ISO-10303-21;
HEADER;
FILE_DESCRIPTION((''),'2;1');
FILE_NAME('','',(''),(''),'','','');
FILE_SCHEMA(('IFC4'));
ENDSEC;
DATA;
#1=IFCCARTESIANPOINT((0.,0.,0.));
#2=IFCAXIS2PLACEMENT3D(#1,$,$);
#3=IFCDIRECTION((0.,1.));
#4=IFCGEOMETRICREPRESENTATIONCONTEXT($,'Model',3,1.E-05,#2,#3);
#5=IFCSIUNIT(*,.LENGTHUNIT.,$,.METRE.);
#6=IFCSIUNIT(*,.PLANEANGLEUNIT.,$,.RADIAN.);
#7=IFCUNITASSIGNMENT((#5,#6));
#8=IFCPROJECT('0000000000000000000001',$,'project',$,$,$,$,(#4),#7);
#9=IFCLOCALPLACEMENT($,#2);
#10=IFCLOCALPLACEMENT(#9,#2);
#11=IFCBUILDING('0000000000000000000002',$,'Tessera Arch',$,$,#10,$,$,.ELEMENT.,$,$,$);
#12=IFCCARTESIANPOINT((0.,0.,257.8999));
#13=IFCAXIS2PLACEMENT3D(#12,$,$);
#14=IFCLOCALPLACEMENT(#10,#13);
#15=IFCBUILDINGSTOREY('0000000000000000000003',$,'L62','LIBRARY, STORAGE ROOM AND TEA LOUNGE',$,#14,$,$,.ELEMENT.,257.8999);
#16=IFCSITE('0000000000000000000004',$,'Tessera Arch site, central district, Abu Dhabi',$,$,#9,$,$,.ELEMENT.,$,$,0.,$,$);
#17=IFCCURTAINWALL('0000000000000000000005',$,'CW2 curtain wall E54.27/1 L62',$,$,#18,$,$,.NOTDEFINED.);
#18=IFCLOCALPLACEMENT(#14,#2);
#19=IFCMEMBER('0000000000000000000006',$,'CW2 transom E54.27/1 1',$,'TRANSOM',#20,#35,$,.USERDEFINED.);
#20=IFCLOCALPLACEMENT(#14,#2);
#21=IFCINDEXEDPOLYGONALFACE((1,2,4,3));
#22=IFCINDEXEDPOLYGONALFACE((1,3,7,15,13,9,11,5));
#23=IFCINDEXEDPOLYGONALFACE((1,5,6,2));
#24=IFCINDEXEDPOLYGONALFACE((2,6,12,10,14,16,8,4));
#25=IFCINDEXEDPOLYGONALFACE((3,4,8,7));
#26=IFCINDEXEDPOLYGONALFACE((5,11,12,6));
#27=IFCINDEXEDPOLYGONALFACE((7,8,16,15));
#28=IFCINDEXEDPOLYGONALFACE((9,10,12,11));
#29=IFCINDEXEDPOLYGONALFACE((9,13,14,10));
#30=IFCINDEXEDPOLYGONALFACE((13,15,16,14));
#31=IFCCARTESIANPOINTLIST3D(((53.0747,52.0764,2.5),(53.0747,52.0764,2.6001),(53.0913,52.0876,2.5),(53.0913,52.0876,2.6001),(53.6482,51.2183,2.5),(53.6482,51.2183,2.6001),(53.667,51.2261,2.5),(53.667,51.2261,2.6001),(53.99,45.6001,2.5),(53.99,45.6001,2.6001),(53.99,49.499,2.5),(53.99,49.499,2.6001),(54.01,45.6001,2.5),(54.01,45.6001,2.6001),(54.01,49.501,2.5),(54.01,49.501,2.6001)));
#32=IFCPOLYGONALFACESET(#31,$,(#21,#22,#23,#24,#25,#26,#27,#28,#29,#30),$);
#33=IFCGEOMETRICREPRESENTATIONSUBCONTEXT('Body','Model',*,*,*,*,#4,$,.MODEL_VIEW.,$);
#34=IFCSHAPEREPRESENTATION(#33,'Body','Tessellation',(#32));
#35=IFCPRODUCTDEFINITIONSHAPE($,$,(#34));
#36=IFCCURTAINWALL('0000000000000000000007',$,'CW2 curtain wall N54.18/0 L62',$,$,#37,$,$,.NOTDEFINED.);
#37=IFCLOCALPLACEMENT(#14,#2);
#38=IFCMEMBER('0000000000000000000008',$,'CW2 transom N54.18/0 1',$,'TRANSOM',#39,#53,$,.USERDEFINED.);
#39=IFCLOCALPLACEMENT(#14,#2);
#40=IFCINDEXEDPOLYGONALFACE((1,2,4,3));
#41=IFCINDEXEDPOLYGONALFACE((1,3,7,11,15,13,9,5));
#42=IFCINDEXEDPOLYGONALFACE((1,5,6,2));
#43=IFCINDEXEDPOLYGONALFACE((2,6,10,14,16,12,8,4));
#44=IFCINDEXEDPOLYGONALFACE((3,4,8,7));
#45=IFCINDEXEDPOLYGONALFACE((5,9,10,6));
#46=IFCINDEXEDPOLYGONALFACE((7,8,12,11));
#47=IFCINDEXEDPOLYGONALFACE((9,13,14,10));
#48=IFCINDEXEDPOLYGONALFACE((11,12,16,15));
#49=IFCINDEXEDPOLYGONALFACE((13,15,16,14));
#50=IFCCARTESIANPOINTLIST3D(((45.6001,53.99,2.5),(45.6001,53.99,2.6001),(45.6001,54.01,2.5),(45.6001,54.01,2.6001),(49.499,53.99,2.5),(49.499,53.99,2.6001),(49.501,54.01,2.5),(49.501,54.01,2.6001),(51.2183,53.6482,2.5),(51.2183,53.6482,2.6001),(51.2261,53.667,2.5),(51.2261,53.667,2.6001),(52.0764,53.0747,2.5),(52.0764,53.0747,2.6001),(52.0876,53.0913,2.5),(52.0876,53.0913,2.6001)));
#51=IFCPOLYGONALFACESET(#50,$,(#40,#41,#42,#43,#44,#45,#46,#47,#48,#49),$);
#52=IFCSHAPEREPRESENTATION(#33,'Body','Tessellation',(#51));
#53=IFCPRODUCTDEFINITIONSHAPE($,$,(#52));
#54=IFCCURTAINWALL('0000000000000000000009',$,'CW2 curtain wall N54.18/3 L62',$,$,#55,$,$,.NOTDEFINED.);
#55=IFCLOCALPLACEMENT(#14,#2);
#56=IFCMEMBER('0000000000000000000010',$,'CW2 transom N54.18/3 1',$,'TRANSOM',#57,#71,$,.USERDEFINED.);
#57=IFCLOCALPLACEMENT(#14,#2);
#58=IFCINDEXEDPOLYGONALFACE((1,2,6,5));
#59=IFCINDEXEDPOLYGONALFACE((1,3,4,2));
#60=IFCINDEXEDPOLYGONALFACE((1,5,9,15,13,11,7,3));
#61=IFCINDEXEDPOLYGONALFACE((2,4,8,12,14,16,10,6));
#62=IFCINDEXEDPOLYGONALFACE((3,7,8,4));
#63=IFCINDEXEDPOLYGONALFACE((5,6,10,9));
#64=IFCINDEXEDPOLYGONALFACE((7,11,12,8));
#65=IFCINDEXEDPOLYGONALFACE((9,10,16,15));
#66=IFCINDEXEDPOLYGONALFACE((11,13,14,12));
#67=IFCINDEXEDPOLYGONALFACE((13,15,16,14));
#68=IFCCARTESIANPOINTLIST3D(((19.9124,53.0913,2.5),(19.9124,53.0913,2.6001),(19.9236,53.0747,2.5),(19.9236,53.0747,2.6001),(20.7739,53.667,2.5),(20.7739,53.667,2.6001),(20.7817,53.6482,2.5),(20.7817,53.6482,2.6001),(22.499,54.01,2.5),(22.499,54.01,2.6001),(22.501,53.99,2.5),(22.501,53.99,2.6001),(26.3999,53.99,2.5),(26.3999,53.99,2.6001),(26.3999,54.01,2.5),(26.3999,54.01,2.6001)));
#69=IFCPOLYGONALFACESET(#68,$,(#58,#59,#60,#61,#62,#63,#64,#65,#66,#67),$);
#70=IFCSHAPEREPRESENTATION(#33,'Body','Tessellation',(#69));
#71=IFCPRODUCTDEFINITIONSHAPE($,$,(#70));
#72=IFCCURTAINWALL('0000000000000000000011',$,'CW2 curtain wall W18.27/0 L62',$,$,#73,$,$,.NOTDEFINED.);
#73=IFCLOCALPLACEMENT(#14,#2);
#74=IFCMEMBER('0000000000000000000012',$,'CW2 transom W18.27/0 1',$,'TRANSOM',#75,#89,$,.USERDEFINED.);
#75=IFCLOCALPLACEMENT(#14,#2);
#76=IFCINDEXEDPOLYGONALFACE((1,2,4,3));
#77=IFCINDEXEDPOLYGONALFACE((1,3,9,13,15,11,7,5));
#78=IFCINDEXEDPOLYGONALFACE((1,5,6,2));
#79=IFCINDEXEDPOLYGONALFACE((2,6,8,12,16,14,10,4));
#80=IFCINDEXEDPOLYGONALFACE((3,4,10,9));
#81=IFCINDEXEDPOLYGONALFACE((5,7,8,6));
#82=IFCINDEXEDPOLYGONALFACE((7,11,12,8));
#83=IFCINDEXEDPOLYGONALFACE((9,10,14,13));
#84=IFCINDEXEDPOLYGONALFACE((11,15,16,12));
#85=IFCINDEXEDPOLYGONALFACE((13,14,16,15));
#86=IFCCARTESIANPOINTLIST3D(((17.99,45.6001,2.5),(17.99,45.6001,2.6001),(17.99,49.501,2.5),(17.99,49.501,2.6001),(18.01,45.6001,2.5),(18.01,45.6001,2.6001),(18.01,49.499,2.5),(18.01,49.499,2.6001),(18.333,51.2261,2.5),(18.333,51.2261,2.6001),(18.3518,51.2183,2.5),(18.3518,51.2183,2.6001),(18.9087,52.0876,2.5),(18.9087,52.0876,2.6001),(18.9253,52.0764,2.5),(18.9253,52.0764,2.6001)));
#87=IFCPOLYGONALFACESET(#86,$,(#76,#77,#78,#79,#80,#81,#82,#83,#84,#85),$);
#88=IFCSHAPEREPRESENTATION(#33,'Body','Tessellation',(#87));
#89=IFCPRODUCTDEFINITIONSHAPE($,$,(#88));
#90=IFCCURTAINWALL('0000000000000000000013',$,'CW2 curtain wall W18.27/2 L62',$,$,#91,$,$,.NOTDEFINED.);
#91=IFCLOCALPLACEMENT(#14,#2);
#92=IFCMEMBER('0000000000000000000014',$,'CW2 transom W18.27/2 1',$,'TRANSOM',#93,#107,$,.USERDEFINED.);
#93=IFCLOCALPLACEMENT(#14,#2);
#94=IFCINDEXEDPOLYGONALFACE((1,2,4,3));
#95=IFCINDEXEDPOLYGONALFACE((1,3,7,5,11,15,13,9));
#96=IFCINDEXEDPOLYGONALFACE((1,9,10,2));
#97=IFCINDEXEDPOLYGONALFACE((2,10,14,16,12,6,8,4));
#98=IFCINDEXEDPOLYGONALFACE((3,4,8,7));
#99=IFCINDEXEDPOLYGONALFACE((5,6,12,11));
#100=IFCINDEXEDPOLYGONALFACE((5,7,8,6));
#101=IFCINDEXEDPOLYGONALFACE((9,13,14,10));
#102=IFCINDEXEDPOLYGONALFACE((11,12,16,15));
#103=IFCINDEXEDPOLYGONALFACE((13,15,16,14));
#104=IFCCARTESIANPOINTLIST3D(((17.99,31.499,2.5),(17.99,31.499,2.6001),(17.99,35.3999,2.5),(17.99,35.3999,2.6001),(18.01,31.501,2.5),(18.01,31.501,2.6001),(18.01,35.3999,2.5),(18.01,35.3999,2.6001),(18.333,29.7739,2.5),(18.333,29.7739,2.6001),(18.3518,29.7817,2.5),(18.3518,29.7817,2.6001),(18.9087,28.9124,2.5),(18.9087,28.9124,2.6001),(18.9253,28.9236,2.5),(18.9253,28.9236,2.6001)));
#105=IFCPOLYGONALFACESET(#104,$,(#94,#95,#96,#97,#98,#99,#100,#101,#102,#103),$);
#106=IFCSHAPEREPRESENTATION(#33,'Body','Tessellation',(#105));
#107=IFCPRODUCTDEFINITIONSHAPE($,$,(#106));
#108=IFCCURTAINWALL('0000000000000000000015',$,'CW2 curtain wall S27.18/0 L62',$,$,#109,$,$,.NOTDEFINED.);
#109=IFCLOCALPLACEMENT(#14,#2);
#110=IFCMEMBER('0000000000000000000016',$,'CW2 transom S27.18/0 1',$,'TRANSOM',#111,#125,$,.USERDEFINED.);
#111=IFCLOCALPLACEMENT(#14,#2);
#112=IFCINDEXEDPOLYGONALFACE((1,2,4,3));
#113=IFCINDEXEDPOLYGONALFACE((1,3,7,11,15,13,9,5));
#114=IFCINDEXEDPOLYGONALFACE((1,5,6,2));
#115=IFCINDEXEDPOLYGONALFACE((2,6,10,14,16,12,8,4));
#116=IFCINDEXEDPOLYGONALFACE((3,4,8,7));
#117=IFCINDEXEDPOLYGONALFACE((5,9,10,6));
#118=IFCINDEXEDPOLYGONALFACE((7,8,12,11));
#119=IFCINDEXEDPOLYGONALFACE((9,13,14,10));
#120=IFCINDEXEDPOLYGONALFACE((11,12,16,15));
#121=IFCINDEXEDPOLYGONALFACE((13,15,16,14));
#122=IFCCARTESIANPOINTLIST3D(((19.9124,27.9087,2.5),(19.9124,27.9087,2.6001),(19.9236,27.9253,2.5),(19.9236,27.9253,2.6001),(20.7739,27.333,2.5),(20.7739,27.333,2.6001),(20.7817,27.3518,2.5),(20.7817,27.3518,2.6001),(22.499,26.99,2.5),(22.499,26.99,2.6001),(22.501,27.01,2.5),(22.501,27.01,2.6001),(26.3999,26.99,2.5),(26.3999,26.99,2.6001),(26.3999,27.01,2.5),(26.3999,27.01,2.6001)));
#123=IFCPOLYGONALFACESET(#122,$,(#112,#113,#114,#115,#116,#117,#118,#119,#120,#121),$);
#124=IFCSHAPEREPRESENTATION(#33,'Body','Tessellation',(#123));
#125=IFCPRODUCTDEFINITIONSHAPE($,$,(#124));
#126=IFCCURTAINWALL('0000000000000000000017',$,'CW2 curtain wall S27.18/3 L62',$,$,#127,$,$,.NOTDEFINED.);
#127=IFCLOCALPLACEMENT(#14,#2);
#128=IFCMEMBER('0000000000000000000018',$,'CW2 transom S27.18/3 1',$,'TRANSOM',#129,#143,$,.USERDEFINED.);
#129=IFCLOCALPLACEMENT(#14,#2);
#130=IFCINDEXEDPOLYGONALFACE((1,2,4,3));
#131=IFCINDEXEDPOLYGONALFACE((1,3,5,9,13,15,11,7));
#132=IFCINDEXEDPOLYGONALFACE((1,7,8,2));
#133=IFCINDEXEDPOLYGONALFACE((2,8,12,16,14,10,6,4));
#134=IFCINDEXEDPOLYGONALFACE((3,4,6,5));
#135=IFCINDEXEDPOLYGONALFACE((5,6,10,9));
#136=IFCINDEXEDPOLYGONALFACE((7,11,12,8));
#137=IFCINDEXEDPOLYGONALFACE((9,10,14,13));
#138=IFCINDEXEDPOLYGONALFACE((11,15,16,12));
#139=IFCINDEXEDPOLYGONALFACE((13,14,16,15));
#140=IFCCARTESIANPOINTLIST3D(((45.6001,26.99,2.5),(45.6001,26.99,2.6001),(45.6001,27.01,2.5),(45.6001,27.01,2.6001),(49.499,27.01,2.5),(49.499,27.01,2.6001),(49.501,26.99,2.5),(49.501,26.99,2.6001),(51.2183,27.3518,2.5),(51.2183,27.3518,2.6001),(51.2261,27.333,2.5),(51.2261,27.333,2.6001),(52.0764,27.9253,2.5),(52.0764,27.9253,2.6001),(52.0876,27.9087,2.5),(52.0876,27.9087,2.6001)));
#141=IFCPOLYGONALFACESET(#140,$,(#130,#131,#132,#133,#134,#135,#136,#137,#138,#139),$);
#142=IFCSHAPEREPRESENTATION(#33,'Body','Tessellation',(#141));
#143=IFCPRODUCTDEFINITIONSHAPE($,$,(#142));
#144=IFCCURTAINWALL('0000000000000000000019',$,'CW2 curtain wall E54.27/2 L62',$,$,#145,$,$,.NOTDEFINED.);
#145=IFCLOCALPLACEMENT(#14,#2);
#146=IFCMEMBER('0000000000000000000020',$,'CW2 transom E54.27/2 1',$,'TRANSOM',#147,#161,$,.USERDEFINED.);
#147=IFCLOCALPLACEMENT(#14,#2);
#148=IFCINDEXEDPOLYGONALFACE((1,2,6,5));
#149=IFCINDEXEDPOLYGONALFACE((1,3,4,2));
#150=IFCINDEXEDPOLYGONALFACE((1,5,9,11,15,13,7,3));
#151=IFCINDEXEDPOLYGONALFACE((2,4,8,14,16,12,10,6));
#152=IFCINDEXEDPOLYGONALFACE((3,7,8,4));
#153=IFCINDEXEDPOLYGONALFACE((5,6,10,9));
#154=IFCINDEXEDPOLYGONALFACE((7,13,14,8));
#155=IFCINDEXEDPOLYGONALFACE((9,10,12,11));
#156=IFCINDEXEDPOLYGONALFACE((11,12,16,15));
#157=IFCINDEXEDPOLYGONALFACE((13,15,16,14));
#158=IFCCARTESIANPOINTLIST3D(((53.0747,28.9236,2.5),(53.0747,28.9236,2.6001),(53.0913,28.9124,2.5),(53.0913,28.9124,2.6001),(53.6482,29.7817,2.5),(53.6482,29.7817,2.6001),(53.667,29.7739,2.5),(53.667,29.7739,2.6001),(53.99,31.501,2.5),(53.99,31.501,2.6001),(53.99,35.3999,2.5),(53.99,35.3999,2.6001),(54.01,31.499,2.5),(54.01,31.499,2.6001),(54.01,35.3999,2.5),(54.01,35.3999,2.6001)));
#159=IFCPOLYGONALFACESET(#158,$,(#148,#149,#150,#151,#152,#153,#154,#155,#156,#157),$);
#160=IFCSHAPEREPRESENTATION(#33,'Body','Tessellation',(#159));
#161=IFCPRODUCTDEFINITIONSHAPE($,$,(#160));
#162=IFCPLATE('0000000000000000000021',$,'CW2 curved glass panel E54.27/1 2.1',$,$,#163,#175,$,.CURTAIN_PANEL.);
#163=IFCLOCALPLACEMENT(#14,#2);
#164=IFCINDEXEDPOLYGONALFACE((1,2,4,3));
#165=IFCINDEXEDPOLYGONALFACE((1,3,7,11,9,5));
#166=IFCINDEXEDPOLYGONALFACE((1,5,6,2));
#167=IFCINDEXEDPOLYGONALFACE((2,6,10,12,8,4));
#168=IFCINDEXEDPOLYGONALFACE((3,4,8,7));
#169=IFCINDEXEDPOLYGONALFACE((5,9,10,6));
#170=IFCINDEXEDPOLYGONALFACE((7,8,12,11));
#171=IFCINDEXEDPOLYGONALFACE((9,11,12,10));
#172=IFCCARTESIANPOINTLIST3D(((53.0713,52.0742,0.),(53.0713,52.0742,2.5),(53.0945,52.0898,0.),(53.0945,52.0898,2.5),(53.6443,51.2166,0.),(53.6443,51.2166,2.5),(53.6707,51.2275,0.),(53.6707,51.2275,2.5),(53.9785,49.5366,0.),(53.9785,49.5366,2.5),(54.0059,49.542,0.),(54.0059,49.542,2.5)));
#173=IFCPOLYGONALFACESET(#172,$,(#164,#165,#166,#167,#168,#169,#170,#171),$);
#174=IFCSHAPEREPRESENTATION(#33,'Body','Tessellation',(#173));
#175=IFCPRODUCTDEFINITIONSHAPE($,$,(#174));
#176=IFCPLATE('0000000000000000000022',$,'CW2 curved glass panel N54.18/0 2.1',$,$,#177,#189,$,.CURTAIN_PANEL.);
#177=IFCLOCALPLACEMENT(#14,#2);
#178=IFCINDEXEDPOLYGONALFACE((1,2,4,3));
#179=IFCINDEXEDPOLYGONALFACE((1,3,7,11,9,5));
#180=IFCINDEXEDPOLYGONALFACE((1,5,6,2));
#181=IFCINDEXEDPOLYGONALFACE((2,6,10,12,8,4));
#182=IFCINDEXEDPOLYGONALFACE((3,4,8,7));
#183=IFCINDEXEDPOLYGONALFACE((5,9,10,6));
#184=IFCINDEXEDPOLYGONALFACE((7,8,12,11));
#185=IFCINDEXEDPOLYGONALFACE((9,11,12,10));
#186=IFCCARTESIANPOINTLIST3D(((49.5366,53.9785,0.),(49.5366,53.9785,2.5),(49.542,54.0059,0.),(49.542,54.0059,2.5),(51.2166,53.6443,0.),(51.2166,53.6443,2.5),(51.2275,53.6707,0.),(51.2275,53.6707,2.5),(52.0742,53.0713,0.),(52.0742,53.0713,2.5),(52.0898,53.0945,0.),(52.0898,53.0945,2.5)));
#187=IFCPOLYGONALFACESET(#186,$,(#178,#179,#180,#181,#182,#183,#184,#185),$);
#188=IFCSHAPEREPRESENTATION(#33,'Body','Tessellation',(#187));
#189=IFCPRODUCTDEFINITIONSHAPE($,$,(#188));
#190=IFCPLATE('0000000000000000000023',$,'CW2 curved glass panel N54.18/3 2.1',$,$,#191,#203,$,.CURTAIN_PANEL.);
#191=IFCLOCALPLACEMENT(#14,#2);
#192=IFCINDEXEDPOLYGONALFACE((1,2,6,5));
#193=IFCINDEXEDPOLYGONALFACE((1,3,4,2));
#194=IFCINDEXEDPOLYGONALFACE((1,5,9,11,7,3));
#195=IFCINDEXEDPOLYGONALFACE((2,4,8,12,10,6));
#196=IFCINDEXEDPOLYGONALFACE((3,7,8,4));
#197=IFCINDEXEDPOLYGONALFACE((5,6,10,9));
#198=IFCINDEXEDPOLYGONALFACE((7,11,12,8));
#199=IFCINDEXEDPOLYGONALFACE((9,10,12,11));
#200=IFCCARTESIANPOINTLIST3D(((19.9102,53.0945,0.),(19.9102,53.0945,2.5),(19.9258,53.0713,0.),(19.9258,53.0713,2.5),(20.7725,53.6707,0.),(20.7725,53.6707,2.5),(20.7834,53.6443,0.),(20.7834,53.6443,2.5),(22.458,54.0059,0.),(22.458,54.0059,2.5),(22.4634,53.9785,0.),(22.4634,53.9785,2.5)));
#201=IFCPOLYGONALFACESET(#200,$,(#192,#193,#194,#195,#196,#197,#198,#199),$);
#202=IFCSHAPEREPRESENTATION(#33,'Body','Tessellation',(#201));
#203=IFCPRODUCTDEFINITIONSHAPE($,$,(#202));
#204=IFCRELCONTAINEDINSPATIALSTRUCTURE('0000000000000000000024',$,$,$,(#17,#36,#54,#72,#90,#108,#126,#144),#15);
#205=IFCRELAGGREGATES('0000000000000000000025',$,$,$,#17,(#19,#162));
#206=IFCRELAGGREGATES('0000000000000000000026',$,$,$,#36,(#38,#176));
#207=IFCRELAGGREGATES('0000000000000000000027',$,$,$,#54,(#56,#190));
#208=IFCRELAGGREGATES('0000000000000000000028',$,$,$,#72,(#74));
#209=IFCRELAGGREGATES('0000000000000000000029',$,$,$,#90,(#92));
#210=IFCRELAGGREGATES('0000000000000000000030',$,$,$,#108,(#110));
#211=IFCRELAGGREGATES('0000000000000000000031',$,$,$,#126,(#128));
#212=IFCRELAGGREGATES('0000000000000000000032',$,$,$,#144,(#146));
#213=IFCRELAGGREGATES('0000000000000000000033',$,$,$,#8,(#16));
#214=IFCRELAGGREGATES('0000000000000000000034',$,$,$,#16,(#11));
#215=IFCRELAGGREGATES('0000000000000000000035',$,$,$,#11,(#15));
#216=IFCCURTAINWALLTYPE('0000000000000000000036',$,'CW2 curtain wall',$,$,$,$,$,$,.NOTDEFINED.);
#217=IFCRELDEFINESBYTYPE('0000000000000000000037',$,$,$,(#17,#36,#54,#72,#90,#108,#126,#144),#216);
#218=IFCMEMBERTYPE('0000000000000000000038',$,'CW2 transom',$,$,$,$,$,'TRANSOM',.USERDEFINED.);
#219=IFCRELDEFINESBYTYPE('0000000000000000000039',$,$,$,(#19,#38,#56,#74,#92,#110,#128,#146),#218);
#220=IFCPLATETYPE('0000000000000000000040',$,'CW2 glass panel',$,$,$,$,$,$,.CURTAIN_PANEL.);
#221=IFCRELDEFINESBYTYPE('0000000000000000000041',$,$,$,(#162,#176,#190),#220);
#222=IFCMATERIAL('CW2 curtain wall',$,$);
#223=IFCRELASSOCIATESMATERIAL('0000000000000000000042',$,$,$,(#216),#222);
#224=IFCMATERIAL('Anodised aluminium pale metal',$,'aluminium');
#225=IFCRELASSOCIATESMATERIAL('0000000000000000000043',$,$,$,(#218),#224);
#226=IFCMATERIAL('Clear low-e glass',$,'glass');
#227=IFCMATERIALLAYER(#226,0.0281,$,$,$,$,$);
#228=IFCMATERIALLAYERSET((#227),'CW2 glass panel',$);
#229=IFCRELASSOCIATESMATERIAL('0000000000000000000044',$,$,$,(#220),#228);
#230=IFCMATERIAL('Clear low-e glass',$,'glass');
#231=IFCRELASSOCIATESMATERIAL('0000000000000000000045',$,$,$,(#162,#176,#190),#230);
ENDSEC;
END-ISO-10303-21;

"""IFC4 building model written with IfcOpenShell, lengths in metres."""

from ifc_helpers import new_model, si_unit, direction, frame, origin, origin_2d, place, context, subcontext, project, spatial, polyline, rectangle, outline, extrude, material, layer, layer_set, material_profile, profile_set, type_object, element, aggregate, save


model = new_model("IFC4")

# Units and contexts
model_context = context("Model", 3, precision=1e-05, world=origin(), true_north=direction((0.0, 1.0)))
body_context = subcontext(model_context, "Body", "Model", "MODEL_VIEW")
ifc_project = project(units=[si_unit("LENGTHUNIT", "METRE"), si_unit("PLANEANGLEUNIT", "RADIAN")], contexts=[model_context])

# Site, building, storey
site_placement = place(None, origin())
site = spatial("IfcSite", under=ifc_project, at=site_placement, Name="Tessera Arch site, central district, Abu Dhabi", CompositionType="ELEMENT", RefElevation=0.0)
building_placement = place(site_placement, origin())
building = spatial("IfcBuilding", under=site, at=building_placement, Name="Tessera Arch", CompositionType="ELEMENT")
storey_placement = place(building_placement, frame((0.0, 0.0, 257.8999)))
storey = spatial("IfcBuildingStorey", under=building, at=storey_placement, Name="L62", Description="LIBRARY, STORAGE ROOM AND TEA LOUNGE", CompositionType="ELEMENT", Elevation=257.8999)

# Curtain walls, members
ifc_material_1 = material(Name="CW2 curtain wall")
curtain_wall_type = type_object("IfcCurtainWallType", Name="CW2 curtain wall", PredefinedType="NOTDEFINED", material=ifc_material_1)
curtain_wall_1_placement = place(storey_placement, origin())
curtain_wall_1 = element("IfcCurtainWall", 1, at=curtain_wall_1_placement, inside=storey, type_object=curtain_wall_type, Name="CW2 curtain wall E54.27/1 L62", PredefinedType="NOTDEFINED")
ifc_material_2 = material(Name="Anodised aluminium pale metal", Category="aluminium")
ifc_material_profile = material_profile(ifc_material_2, rectangle(XDim=0.2, YDim=0.1001, at=origin_2d()), Name="AL 200x100")
ifc_profile_set = profile_set([ifc_material_profile], Name="Anodised aluminium pale metal")
member_type = type_object("IfcMemberType", Name="CW2 transom", ElementType="TRANSOM", PredefinedType="USERDEFINED", material=ifc_profile_set)
member_1_placement = place(storey_placement, frame((0.0, 0.0, 2.5)))
member_1 = element("IfcMember", 2, at=member_1_placement, type_object=member_type, Name="CW2 transom E54.27/1 1", ObjectType="TRANSOM", PredefinedType="USERDEFINED", context=body_context, shape_type="SweptSolid", body=[
    extrude(outline(polyline([(53.99, 49.499), (53.99, 45.6001), (54.01, 45.6001), (54.01, 49.501), (53.667, 51.2261), (53.0913, 52.0876), (53.0747, 52.0764), (53.6482, 51.2183), (53.99, 49.499)])), origin(), (0.0, 0.0, 1.0), 0.1001),
])
curtain_wall_2_placement = place(storey_placement, origin())
curtain_wall_2 = element("IfcCurtainWall", 3, at=curtain_wall_2_placement, inside=storey, type_object=curtain_wall_type, Name="CW2 curtain wall N54.18/0 L62", PredefinedType="NOTDEFINED")
member_2_placement = place(storey_placement, frame((0.0, 0.0, 2.5)))
member_2 = element("IfcMember", 4, at=member_2_placement, type_object=member_type, Name="CW2 transom N54.18/0 1", ObjectType="TRANSOM", PredefinedType="USERDEFINED", context=body_context, shape_type="SweptSolid", body=[
    extrude(outline(polyline([(51.2183, 53.6482), (52.0764, 53.0747), (52.0876, 53.0913), (51.2261, 53.667), (49.501, 54.01), (45.6001, 54.01), (45.6001, 53.99), (49.499, 53.99), (51.2183, 53.6482)])), origin(), (0.0, 0.0, 1.0), 0.1001),
])
curtain_wall_3_placement = place(storey_placement, origin())
curtain_wall_3 = element("IfcCurtainWall", 5, at=curtain_wall_3_placement, inside=storey, type_object=curtain_wall_type, Name="CW2 curtain wall N54.18/3 L62", PredefinedType="NOTDEFINED")
member_3_placement = place(storey_placement, frame((0.0, 0.0, 2.5)))
member_3 = element("IfcMember", 6, at=member_3_placement, type_object=member_type, Name="CW2 transom N54.18/3 1", ObjectType="TRANSOM", PredefinedType="USERDEFINED", context=body_context, shape_type="SweptSolid", body=[
    extrude(outline(polyline([(22.501, 53.99), (26.3999, 53.99), (26.3999, 54.01), (22.499, 54.01), (20.7739, 53.667), (19.9124, 53.0913), (19.9236, 53.0747), (20.7817, 53.6482), (22.501, 53.99)])), origin(), (0.0, 0.0, 1.0), 0.1001),
])
curtain_wall_4_placement = place(storey_placement, origin())
curtain_wall_4 = element("IfcCurtainWall", 7, at=curtain_wall_4_placement, inside=storey, type_object=curtain_wall_type, Name="CW2 curtain wall W18.27/0 L62", PredefinedType="NOTDEFINED")
member_4_placement = place(storey_placement, frame((0.0, 0.0, 2.5)))
member_4 = element("IfcMember", 8, at=member_4_placement, type_object=member_type, Name="CW2 transom W18.27/0 1", ObjectType="TRANSOM", PredefinedType="USERDEFINED", context=body_context, shape_type="SweptSolid", body=[
    extrude(outline(polyline([(18.3518, 51.2183), (18.9253, 52.0764), (18.9087, 52.0876), (18.333, 51.2261), (17.99, 49.501), (17.99, 45.6001), (18.01, 45.6001), (18.01, 49.499), (18.3518, 51.2183)])), origin(), (0.0, 0.0, 1.0), 0.1001),
])
curtain_wall_5_placement = place(storey_placement, origin())
curtain_wall_5 = element("IfcCurtainWall", 9, at=curtain_wall_5_placement, inside=storey, type_object=curtain_wall_type, Name="CW2 curtain wall W18.27/2 L62", PredefinedType="NOTDEFINED")
member_5_placement = place(storey_placement, frame((0.0, 0.0, 2.5)))
member_5 = element("IfcMember", 10, at=member_5_placement, type_object=member_type, Name="CW2 transom W18.27/2 1", ObjectType="TRANSOM", PredefinedType="USERDEFINED", context=body_context, shape_type="SweptSolid", body=[
    extrude(outline(polyline([(18.01, 31.501), (18.01, 35.3999), (17.99, 35.3999), (17.99, 31.499), (18.333, 29.7739), (18.9087, 28.9124), (18.9253, 28.9236), (18.3518, 29.7817), (18.01, 31.501)])), origin(), (0.0, 0.0, 1.0), 0.1001),
])
curtain_wall_6_placement = place(storey_placement, origin())
curtain_wall_6 = element("IfcCurtainWall", 11, at=curtain_wall_6_placement, inside=storey, type_object=curtain_wall_type, Name="CW2 curtain wall S27.18/0 L62", PredefinedType="NOTDEFINED")
member_6_placement = place(storey_placement, frame((0.0, 0.0, 2.5)))
member_6 = element("IfcMember", 12, at=member_6_placement, type_object=member_type, Name="CW2 transom S27.18/0 1", ObjectType="TRANSOM", PredefinedType="USERDEFINED", context=body_context, shape_type="SweptSolid", body=[
    extrude(outline(polyline([(20.7817, 27.3518), (19.9236, 27.9253), (19.9124, 27.9087), (20.7739, 27.333), (22.499, 26.99), (26.3999, 26.99), (26.3999, 27.01), (22.501, 27.01), (20.7817, 27.3518)])), origin(), (0.0, 0.0, 1.0), 0.1001),
])
curtain_wall_7_placement = place(storey_placement, origin())
curtain_wall_7 = element("IfcCurtainWall", 13, at=curtain_wall_7_placement, inside=storey, type_object=curtain_wall_type, Name="CW2 curtain wall S27.18/3 L62", PredefinedType="NOTDEFINED")
member_7_placement = place(storey_placement, frame((0.0, 0.0, 2.5)))
member_7 = element("IfcMember", 14, at=member_7_placement, type_object=member_type, Name="CW2 transom S27.18/3 1", ObjectType="TRANSOM", PredefinedType="USERDEFINED", context=body_context, shape_type="SweptSolid", body=[
    extrude(outline(polyline([(49.499, 27.01), (45.6001, 27.01), (45.6001, 26.99), (49.501, 26.99), (51.2261, 27.333), (52.0876, 27.9087), (52.0764, 27.9253), (51.2183, 27.3518), (49.499, 27.01)])), origin(), (0.0, 0.0, 1.0), 0.1001),
])
curtain_wall_8_placement = place(storey_placement, origin())
curtain_wall_8 = element("IfcCurtainWall", 15, at=curtain_wall_8_placement, inside=storey, type_object=curtain_wall_type, Name="CW2 curtain wall E54.27/2 L62", PredefinedType="NOTDEFINED")
member_8_placement = place(storey_placement, frame((0.0, 0.0, 2.5)))
member_8 = element("IfcMember", 16, at=member_8_placement, type_object=member_type, Name="CW2 transom E54.27/2 1", ObjectType="TRANSOM", PredefinedType="USERDEFINED", context=body_context, shape_type="SweptSolid", body=[
    extrude(outline(polyline([(53.6482, 29.7817), (53.0747, 28.9236), (53.0913, 28.9124), (53.667, 29.7739), (54.01, 31.499), (54.01, 35.3999), (53.99, 35.3999), (53.99, 31.501), (53.6482, 29.7817)])), origin(), (0.0, 0.0, 1.0), 0.1001),
])

# Plates
ifc_material_3 = material(Name="Clear low-e glass", Category="glass")
ifc_material_4 = material(Name="Clear low-e glass", Category="glass")
ifc_layer_1 = layer(ifc_material_4, 0.0281)
ifc_layer_set_1 = layer_set([ifc_layer_1], Name="CW2 glass panel")
plate_type_1 = type_object("IfcPlateType", Name="CW2 glass panel", PredefinedType="CURTAIN_PANEL", material=ifc_layer_set_1)
plate_1_placement = place(storey_placement, origin())
plate_1 = element("IfcPlate", 17, at=plate_1_placement, type_object=plate_type_1, material=ifc_material_3, Name="CW2 curved glass panel E54.27/1 2.1", PredefinedType="CURTAIN_PANEL", context=body_context, shape_type="SweptSolid", body=[
    extrude(outline(polyline([(53.6443, 51.2166), (53.9785, 49.5366), (54.0059, 49.542), (53.6707, 51.2275), (53.0945, 52.0898), (53.0713, 52.0742), (53.6443, 51.2166)])), origin(), (0.0, 0.0, 1.0), 2.5),
])
plate_2_placement = place(storey_placement, origin())
plate_2 = element("IfcPlate", 18, at=plate_2_placement, type_object=plate_type_1, material=ifc_material_3, Name="CW2 curved glass panel N54.18/0 2.1", PredefinedType="CURTAIN_PANEL", context=body_context, shape_type="SweptSolid", body=[
    extrude(outline(polyline([(51.2166, 53.6443), (52.0742, 53.0713), (52.0898, 53.0945), (51.2275, 53.6707), (49.542, 54.0059), (49.5366, 53.9785), (51.2166, 53.6443)])), origin(), (0.0, 0.0, 1.0), 2.5),
])
plate_3_placement = place(storey_placement, origin())
plate_3 = element("IfcPlate", 19, at=plate_3_placement, type_object=plate_type_1, material=ifc_material_3, Name="CW2 curved glass panel N54.18/3 2.1", PredefinedType="CURTAIN_PANEL", context=body_context, shape_type="SweptSolid", body=[
    extrude(outline(polyline([(20.7834, 53.6443), (22.4634, 53.9785), (22.458, 54.0059), (20.7725, 53.6707), (19.9102, 53.0945), (19.9258, 53.0713), (20.7834, 53.6443)])), origin(), (0.0, 0.0, 1.0), 2.5),
])
aggregate(curtain_wall_1, [member_1, plate_1])
aggregate(curtain_wall_2, [member_2, plate_2])
aggregate(curtain_wall_3, [member_3, plate_3])
aggregate(curtain_wall_4, [member_4])
aggregate(curtain_wall_5, [member_5])
aggregate(curtain_wall_6, [member_6])
aggregate(curtain_wall_7, [member_7])
aggregate(curtain_wall_8, [member_8])

save(model, "model.ifc")
